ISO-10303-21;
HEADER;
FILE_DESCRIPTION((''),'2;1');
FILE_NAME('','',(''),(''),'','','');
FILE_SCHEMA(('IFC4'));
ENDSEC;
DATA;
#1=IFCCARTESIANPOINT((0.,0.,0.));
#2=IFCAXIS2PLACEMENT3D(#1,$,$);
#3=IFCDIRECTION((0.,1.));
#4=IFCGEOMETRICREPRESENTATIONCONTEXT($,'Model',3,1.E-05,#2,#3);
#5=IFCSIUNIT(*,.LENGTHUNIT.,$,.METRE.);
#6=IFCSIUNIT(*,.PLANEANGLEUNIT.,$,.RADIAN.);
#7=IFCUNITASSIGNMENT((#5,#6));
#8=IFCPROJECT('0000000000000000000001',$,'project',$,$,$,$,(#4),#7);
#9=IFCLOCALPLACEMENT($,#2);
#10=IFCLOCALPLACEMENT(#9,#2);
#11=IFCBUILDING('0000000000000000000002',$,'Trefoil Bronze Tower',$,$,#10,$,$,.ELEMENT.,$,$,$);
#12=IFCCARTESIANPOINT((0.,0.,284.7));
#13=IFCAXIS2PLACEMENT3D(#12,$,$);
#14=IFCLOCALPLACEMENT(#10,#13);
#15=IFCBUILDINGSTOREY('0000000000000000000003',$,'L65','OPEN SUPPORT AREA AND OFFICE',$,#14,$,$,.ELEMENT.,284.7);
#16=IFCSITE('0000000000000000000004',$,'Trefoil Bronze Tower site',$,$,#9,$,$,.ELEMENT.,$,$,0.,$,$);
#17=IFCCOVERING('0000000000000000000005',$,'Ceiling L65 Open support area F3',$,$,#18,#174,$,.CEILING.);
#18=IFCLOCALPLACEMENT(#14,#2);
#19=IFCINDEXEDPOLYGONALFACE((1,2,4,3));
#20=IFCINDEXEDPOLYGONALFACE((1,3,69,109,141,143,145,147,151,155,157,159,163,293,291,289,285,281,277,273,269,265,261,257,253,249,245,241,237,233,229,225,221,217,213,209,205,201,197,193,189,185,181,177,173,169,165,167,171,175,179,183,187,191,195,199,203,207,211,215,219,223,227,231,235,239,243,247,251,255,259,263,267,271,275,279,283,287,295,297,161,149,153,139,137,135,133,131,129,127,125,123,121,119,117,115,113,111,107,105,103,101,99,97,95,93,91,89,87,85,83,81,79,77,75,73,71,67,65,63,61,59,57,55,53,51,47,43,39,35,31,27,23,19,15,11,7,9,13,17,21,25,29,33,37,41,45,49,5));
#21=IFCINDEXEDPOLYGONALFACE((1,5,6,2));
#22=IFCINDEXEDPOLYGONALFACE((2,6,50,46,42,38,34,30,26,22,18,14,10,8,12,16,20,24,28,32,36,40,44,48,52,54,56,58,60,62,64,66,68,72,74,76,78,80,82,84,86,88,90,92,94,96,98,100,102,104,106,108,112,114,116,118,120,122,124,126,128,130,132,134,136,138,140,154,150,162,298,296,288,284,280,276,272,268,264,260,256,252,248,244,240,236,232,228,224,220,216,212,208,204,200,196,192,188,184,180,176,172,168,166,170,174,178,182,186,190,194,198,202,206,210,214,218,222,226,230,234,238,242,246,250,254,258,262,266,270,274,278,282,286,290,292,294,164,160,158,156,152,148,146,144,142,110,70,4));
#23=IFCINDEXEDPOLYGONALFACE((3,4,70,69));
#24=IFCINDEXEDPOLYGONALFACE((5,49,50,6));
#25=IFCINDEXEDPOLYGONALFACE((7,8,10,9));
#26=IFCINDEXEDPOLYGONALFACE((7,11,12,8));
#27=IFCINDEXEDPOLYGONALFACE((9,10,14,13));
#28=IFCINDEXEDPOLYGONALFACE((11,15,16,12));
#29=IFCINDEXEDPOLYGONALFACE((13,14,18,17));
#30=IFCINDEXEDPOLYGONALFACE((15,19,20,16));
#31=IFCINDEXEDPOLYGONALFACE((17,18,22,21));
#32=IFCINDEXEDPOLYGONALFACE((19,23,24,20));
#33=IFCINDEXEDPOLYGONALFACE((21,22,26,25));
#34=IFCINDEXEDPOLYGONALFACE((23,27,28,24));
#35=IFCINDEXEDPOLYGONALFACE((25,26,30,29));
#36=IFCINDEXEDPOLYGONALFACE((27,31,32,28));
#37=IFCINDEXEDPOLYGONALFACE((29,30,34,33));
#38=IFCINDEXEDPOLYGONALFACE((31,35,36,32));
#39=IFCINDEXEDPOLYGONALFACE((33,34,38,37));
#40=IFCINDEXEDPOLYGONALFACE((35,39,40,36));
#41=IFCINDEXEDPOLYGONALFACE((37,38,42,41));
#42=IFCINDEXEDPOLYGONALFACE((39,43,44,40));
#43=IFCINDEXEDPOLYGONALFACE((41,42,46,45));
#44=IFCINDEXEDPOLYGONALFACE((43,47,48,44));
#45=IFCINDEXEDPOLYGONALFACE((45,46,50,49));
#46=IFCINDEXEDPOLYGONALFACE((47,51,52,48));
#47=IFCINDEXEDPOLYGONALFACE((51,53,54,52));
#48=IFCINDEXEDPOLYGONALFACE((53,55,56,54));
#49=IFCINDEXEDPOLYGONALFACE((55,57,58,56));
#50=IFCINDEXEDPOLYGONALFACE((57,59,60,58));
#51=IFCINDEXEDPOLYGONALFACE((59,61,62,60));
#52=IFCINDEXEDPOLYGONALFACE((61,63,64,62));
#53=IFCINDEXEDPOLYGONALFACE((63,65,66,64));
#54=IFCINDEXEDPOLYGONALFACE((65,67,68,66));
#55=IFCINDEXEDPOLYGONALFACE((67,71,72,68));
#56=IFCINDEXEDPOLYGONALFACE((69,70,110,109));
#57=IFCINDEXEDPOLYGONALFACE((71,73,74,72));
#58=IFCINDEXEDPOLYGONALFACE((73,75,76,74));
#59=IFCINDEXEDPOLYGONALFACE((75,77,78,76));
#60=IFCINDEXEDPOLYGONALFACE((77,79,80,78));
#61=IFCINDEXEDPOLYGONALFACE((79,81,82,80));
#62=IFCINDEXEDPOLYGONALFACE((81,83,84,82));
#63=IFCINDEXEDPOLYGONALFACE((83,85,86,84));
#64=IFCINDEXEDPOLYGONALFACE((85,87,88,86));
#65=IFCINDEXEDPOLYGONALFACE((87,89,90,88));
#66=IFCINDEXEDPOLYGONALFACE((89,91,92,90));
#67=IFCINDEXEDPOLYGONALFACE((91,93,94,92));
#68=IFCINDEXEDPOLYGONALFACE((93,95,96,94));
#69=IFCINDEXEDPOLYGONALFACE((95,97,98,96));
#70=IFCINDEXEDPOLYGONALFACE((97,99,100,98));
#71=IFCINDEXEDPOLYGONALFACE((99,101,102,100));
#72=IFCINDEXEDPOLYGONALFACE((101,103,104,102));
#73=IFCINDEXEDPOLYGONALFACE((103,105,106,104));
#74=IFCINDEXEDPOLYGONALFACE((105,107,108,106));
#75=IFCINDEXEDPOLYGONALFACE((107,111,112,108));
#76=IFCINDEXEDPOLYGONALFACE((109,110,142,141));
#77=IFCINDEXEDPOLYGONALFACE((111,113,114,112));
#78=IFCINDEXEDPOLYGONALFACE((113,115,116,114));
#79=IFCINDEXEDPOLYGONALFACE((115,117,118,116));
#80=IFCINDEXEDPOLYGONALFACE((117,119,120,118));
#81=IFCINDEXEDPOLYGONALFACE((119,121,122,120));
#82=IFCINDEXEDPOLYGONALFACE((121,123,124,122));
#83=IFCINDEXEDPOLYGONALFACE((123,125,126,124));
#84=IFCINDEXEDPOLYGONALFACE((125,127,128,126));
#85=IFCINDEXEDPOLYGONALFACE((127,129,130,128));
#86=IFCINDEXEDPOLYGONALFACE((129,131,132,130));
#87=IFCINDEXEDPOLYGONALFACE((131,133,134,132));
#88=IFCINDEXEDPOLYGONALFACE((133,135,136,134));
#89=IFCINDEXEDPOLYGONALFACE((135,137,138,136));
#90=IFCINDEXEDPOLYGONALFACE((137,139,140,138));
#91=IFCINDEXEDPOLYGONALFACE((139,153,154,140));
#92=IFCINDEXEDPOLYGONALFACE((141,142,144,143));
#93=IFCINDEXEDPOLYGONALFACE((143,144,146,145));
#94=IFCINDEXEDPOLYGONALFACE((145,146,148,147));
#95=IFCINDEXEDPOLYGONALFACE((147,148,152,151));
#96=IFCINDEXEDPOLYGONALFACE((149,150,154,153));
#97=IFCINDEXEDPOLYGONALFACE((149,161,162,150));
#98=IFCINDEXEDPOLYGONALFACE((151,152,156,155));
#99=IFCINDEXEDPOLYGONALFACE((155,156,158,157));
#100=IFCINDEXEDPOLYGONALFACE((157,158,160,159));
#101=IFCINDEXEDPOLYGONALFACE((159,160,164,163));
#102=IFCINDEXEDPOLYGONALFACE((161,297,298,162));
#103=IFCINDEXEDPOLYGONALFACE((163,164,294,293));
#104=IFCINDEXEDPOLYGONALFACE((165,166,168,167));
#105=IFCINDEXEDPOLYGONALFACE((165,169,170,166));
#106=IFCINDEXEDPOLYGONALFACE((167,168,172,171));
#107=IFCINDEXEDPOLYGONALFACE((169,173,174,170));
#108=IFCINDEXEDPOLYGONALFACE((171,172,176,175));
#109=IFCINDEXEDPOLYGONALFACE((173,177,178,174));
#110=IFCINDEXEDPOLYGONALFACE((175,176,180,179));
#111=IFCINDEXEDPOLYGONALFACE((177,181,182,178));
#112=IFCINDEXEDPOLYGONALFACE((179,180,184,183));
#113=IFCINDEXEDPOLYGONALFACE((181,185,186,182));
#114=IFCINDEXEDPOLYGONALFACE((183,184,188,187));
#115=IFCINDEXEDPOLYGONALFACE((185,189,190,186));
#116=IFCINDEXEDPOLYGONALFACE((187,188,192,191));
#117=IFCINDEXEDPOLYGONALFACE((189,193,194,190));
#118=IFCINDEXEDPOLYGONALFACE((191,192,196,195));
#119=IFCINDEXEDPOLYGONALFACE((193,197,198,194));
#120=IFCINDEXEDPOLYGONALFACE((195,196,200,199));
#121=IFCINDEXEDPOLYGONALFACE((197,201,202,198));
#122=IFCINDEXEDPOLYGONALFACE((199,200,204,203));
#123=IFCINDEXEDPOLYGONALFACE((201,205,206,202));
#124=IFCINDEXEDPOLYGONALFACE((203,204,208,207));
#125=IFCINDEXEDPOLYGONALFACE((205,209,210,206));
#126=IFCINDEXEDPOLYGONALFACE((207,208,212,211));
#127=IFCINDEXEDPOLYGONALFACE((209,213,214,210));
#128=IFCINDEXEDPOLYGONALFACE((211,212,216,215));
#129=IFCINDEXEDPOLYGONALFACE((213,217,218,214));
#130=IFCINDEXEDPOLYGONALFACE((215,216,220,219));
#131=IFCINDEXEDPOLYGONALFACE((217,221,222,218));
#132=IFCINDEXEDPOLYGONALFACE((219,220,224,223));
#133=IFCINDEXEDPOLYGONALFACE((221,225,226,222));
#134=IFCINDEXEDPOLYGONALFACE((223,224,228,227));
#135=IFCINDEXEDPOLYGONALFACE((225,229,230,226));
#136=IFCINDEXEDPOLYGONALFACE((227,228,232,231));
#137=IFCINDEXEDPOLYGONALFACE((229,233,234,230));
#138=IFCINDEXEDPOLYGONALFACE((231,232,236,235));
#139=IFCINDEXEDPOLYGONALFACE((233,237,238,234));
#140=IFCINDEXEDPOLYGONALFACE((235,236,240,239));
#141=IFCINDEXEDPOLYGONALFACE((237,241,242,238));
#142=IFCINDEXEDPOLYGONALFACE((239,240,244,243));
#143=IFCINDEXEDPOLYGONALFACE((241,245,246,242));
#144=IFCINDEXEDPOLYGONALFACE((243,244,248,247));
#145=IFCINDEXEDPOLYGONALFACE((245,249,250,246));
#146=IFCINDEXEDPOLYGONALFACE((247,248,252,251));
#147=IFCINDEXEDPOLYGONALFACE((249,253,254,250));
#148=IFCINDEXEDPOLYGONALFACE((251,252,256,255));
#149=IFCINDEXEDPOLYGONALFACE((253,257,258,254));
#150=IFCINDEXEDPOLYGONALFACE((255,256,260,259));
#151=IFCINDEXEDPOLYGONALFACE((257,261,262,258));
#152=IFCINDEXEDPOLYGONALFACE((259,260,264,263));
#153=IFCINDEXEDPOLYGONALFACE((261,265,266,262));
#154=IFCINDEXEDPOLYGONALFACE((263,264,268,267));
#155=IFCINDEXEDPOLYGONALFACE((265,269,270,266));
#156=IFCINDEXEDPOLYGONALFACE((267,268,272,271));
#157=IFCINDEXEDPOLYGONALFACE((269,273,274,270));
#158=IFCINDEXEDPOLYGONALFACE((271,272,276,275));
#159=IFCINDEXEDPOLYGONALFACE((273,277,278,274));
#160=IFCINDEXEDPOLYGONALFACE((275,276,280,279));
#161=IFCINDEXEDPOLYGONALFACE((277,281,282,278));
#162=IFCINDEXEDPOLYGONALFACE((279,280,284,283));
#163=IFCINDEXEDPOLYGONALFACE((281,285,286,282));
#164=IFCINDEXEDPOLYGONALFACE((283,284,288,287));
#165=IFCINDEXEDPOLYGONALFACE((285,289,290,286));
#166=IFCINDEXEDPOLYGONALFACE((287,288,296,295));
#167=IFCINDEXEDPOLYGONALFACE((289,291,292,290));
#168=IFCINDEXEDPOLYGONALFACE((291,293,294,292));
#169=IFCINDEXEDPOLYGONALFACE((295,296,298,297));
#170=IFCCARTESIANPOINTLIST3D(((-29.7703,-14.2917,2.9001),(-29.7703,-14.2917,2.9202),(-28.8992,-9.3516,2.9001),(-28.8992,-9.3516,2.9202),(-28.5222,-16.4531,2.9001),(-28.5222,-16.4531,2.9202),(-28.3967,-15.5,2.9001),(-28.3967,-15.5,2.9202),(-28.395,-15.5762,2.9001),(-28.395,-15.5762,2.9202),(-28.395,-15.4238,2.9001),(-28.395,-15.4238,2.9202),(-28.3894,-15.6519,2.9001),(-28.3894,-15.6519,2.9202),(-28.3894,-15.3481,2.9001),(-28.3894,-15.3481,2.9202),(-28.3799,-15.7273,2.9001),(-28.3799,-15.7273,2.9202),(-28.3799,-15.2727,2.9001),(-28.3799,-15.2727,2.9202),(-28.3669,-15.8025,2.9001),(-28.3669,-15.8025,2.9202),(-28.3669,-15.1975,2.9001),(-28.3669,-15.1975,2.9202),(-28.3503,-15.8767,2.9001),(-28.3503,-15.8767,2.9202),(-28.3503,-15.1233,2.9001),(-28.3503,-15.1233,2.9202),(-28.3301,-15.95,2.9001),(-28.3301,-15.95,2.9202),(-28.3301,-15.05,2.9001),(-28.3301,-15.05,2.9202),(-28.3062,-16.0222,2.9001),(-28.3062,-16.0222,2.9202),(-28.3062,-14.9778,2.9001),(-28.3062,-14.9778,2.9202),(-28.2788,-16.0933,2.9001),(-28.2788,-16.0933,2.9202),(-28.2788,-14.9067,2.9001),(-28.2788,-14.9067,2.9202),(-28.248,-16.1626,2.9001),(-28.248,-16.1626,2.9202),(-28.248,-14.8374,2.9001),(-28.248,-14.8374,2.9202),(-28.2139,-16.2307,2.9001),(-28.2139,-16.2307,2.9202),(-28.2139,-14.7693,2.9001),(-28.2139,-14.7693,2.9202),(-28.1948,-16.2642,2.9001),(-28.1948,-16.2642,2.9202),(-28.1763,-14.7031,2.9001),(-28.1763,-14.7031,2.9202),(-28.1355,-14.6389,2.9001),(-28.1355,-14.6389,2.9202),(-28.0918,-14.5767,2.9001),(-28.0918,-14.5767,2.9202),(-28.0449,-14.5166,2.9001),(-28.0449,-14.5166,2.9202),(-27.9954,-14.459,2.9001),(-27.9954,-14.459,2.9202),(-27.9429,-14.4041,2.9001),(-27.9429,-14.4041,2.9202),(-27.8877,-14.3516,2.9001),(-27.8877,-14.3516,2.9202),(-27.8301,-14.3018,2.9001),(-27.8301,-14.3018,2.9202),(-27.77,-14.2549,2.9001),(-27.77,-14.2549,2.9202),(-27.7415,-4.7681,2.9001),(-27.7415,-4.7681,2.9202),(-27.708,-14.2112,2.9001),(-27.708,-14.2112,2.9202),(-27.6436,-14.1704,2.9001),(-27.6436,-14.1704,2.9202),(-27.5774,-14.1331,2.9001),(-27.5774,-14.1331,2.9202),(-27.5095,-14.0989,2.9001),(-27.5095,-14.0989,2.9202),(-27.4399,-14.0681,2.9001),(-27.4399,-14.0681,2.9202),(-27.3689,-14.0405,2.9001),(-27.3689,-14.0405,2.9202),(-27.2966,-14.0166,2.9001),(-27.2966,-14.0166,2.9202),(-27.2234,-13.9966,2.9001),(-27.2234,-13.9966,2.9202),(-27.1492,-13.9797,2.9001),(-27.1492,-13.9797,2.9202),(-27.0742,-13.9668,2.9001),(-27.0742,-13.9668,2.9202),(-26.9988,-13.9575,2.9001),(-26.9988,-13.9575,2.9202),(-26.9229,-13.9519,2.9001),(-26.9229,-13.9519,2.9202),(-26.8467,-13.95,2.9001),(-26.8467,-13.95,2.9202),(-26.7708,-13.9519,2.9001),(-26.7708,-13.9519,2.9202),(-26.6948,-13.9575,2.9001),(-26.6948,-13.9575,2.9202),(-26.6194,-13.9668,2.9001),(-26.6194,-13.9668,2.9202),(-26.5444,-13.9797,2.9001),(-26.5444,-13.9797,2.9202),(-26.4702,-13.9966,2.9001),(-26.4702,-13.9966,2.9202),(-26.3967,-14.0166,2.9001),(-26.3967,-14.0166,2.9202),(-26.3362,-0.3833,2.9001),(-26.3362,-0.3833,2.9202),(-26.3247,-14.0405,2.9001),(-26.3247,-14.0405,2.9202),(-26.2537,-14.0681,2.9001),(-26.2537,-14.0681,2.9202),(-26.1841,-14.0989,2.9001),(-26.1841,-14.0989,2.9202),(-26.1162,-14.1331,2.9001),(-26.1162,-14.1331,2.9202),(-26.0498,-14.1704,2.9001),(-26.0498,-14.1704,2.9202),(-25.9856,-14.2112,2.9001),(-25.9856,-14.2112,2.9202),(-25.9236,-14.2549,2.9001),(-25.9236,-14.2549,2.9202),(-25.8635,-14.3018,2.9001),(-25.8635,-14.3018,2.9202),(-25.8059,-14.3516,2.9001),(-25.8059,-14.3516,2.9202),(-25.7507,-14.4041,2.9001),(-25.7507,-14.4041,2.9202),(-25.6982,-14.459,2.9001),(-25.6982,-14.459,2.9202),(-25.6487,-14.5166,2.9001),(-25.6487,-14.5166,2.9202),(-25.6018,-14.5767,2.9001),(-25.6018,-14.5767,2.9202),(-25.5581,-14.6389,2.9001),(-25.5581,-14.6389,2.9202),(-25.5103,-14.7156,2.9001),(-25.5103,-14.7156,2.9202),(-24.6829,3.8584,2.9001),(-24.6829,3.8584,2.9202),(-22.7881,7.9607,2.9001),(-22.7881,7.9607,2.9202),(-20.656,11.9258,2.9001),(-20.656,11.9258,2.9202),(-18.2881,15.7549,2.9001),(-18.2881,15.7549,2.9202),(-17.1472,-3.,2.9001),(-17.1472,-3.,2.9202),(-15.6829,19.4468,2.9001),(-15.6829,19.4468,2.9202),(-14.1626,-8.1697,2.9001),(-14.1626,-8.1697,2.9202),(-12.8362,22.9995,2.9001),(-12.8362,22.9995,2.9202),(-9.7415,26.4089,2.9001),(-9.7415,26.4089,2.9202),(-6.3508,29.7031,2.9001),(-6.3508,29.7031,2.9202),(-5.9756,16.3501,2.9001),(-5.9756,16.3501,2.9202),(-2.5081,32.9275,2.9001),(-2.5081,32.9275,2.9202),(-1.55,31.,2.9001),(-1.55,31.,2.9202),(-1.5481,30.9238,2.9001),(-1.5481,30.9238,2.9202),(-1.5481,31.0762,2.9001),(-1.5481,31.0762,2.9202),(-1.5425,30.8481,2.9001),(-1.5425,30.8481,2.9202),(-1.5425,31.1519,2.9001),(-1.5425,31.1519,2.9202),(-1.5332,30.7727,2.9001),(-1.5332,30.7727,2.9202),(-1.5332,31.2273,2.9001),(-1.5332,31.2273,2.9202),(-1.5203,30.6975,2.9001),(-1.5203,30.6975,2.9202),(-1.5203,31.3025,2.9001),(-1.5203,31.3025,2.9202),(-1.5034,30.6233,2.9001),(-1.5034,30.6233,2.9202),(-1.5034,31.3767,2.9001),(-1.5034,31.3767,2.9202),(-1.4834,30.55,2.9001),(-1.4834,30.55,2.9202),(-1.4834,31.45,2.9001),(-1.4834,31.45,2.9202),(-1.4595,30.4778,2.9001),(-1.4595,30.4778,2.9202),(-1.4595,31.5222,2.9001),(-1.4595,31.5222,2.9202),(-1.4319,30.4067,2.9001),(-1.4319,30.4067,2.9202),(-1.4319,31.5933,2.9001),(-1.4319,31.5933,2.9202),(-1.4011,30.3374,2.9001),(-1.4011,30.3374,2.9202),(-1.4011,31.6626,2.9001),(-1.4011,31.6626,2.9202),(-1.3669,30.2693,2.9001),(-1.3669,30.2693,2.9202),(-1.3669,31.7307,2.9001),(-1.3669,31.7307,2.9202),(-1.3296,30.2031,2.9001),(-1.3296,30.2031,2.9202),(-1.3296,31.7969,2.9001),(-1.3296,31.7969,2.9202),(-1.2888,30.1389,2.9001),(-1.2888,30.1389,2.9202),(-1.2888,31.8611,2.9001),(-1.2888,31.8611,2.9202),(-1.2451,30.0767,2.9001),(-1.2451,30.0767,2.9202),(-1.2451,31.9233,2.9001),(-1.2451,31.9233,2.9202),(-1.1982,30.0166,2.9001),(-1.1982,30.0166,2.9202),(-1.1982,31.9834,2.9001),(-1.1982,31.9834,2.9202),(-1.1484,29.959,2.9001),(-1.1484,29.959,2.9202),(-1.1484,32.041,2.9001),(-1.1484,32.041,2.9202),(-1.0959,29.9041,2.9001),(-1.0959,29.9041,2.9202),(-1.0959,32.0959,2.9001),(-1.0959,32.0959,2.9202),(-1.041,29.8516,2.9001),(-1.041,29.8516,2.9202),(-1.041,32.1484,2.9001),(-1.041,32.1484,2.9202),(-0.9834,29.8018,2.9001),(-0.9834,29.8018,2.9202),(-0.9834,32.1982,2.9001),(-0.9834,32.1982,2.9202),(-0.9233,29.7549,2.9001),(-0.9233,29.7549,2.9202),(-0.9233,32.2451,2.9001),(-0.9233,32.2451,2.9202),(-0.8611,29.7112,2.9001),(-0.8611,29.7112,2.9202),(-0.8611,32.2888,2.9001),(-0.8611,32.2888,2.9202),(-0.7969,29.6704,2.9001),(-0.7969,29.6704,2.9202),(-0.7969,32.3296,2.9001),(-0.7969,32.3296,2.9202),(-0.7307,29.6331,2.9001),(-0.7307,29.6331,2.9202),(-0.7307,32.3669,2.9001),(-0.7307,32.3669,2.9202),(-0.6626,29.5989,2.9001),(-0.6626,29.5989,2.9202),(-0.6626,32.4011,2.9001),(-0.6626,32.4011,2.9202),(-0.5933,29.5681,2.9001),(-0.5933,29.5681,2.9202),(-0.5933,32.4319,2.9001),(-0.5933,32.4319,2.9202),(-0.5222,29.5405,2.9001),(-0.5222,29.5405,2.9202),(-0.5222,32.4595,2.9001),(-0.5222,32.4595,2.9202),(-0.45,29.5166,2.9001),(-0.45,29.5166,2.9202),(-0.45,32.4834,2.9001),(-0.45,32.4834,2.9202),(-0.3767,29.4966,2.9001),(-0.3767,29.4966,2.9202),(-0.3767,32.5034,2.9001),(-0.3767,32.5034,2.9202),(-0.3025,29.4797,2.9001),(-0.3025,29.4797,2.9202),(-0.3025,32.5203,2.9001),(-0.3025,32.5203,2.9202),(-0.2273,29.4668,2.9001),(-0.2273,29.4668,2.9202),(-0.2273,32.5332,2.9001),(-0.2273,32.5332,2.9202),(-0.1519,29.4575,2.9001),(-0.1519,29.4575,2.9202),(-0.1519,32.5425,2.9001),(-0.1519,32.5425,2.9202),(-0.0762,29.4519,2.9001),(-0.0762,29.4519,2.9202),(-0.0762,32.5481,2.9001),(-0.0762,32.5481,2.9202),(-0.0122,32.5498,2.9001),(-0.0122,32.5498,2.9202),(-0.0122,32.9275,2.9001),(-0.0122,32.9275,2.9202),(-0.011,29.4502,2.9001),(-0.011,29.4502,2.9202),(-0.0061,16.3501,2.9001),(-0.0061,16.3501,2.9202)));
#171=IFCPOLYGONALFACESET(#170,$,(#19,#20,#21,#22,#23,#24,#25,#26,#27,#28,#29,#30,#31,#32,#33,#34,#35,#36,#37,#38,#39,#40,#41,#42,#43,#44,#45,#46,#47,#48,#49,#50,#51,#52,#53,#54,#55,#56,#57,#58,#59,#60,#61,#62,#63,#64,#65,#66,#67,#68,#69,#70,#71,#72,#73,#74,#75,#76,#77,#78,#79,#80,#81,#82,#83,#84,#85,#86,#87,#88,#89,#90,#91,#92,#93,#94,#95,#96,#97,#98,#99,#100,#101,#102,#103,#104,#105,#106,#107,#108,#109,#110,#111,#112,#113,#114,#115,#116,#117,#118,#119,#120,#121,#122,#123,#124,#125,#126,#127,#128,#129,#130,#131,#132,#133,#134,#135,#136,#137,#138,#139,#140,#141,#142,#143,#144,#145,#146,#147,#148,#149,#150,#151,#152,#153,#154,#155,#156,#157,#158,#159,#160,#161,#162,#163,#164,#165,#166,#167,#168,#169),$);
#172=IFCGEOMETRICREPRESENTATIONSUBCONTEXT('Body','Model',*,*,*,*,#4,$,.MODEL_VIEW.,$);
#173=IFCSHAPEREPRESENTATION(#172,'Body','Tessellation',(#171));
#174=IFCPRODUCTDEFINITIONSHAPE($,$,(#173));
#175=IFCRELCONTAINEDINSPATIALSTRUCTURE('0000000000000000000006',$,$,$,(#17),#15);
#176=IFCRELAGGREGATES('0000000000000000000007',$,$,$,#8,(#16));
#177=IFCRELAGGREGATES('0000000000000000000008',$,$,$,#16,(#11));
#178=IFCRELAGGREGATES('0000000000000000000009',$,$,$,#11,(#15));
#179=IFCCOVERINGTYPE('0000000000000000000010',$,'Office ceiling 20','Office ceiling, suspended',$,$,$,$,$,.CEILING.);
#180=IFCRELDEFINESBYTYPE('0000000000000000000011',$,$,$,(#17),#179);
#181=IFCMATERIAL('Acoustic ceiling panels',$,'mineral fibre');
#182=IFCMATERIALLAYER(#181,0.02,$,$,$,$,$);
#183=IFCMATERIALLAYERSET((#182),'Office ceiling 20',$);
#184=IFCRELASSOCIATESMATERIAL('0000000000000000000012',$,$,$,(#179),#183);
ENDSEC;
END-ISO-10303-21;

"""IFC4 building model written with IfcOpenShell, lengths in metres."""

from ifc_helpers import new_model, si_unit, direction, frame, origin, place, context, subcontext, project, spatial, polyline, outline, extrude, material, layer, layer_set, type_object, element, save


model = new_model("IFC4")

# Units and contexts
model_context = context("Model", 3, precision=1e-05, world=origin(), true_north=direction((0.0, 1.0)))
body_context = subcontext(model_context, "Body", "Model", "MODEL_VIEW")
ifc_project = project(units=[si_unit("LENGTHUNIT", "METRE"), si_unit("PLANEANGLEUNIT", "RADIAN")], contexts=[model_context])

# Site, building, storey
site_placement = place(None, origin())
site = spatial("IfcSite", under=ifc_project, at=site_placement, Name="Trefoil Bronze Tower site", CompositionType="ELEMENT", RefElevation=0.0)
building_placement = place(site_placement, origin())
building = spatial("IfcBuilding", under=site, at=building_placement, Name="Trefoil Bronze Tower", CompositionType="ELEMENT")
storey_placement = place(building_placement, frame((0.0, 0.0, 284.7)))
storey = spatial("IfcBuildingStorey", under=building, at=storey_placement, Name="L65", Description="OPEN SUPPORT AREA AND OFFICE", CompositionType="ELEMENT", Elevation=284.7)

# Covering
ifc_material_1 = material(Name="Acoustic ceiling panels", Category="mineral fibre")
ifc_layer_1 = layer(ifc_material_1, 0.02)
ifc_layer_set_1 = layer_set([ifc_layer_1], Name="Office ceiling 20")
covering_type_1 = type_object("IfcCoveringType", Name="Office ceiling 20", Description="Office ceiling, suspended", PredefinedType="CEILING", material=ifc_layer_set_1)
covering_1_placement = place(storey_placement, frame((0.0, 0.0, 2.9001)))
element("IfcCovering", 1, at=covering_1_placement, inside=storey, type_object=covering_type_1, Name="Ceiling L65 Open support area F3", PredefinedType="CEILING", context=body_context, shape_type="SweptSolid", body=[
    extrude(outline(polyline([(-27.7415, -4.7681), (-26.3362, -0.3833), (-24.6829, 3.8584), (-22.7881, 7.9607), (-20.656, 11.9258), (-18.2881, 15.7549), (-15.6829, 19.4468), (-12.8362, 22.9995), (-9.7415, 26.4089), (-6.3508, 29.7031), (-2.5081, 32.9275), (-0.0122, 32.9275), (-0.0122, 32.5498), (-0.0762, 32.5481), (-0.1519, 32.5425), (-0.2273, 32.5332), (-0.3025, 32.5203), (-0.3767, 32.5034), (-0.45, 32.4834), (-0.5222, 32.4595), (-0.5933, 32.4319), (-0.6626, 32.4011), (-0.7307, 32.3669), (-0.7969, 32.3296), (-0.8611, 32.2888), (-0.9233, 32.2451), (-0.9834, 32.1982), (-1.041, 32.1484), (-1.0959, 32.0959), (-1.1484, 32.041), (-1.1982, 31.9834), (-1.2451, 31.9233), (-1.2888, 31.8611), (-1.3296, 31.7969), (-1.3669, 31.7307), (-1.4011, 31.6626), (-1.4319, 31.5933), (-1.4595, 31.5222), (-1.4834, 31.45), (-1.5034, 31.3767), (-1.5203, 31.3025), (-1.5332, 31.2273), (-1.5425, 31.1519), (-1.5481, 31.0762), (-1.55, 31.0), (-1.5481, 30.9238), (-1.5425, 30.8481), (-1.5332, 30.7727), (-1.5203, 30.6975), (-1.5034, 30.6233), (-1.4834, 30.55), (-1.4595, 30.4778), (-1.4319, 30.4067), (-1.4011, 30.3374), (-1.3669, 30.2693), (-1.3296, 30.2031), (-1.2888, 30.1389), (-1.2451, 30.0767), (-1.1982, 30.0166), (-1.1484, 29.959), (-1.0959, 29.9041), (-1.041, 29.8516), (-0.9834, 29.8018), (-0.9233, 29.7549), (-0.8611, 29.7112), (-0.7969, 29.6704), (-0.7307, 29.6331), (-0.6626, 29.5989), (-0.5933, 29.5681), (-0.5222, 29.5405), (-0.45, 29.5166), (-0.3767, 29.4966), (-0.3025, 29.4797), (-0.2273, 29.4668), (-0.1519, 29.4575), (-0.0762, 29.4519), (-0.011, 29.4502), (-0.0061, 16.3501), (-5.9756, 16.3501), (-17.1472, -3.0), (-14.1626, -8.1697), (-25.5103, -14.7156), (-25.5581, -14.6389), (-25.6018, -14.5767), (-25.6487, -14.5166), (-25.6982, -14.459), (-25.7507, -14.4041), (-25.8059, -14.3516), (-25.8635, -14.3018), (-25.9236, -14.2549), (-25.9856, -14.2112), (-26.0498, -14.1704), (-26.1162, -14.1331), (-26.1841, -14.0989), (-26.2537, -14.0681), (-26.3247, -14.0405), (-26.3967, -14.0166), (-26.4702, -13.9966), (-26.5444, -13.9797), (-26.6194, -13.9668), (-26.6948, -13.9575), (-26.7708, -13.9519), (-26.8467, -13.95), (-26.9229, -13.9519), (-26.9988, -13.9575), (-27.0742, -13.9668), (-27.1492, -13.9797), (-27.2234, -13.9966), (-27.2966, -14.0166), (-27.3689, -14.0405), (-27.4399, -14.0681), (-27.5095, -14.0989), (-27.5774, -14.1331), (-27.6436, -14.1704), (-27.708, -14.2112), (-27.77, -14.2549), (-27.8301, -14.3018), (-27.8877, -14.3516), (-27.9429, -14.4041), (-27.9954, -14.459), (-28.0449, -14.5166), (-28.0918, -14.5767), (-28.1355, -14.6389), (-28.1763, -14.7031), (-28.2139, -14.7693), (-28.248, -14.8374), (-28.2788, -14.9067), (-28.3062, -14.9778), (-28.3301, -15.05), (-28.3503, -15.1233), (-28.3669, -15.1975), (-28.3799, -15.2727), (-28.3894, -15.3481), (-28.395, -15.4238), (-28.3967, -15.5), (-28.395, -15.5762), (-28.3894, -15.6519), (-28.3799, -15.7273), (-28.3669, -15.8025), (-28.3503, -15.8767), (-28.3301, -15.95), (-28.3062, -16.0222), (-28.2788, -16.0933), (-28.248, -16.1626), (-28.2139, -16.2307), (-28.1948, -16.2642), (-28.5222, -16.4531), (-29.7703, -14.2917), (-28.8992, -9.3516), (-27.7415, -4.7681)])), origin(), (0.0, 0.0, 1.0), 0.02),
])

save(model, "model.ifc")
